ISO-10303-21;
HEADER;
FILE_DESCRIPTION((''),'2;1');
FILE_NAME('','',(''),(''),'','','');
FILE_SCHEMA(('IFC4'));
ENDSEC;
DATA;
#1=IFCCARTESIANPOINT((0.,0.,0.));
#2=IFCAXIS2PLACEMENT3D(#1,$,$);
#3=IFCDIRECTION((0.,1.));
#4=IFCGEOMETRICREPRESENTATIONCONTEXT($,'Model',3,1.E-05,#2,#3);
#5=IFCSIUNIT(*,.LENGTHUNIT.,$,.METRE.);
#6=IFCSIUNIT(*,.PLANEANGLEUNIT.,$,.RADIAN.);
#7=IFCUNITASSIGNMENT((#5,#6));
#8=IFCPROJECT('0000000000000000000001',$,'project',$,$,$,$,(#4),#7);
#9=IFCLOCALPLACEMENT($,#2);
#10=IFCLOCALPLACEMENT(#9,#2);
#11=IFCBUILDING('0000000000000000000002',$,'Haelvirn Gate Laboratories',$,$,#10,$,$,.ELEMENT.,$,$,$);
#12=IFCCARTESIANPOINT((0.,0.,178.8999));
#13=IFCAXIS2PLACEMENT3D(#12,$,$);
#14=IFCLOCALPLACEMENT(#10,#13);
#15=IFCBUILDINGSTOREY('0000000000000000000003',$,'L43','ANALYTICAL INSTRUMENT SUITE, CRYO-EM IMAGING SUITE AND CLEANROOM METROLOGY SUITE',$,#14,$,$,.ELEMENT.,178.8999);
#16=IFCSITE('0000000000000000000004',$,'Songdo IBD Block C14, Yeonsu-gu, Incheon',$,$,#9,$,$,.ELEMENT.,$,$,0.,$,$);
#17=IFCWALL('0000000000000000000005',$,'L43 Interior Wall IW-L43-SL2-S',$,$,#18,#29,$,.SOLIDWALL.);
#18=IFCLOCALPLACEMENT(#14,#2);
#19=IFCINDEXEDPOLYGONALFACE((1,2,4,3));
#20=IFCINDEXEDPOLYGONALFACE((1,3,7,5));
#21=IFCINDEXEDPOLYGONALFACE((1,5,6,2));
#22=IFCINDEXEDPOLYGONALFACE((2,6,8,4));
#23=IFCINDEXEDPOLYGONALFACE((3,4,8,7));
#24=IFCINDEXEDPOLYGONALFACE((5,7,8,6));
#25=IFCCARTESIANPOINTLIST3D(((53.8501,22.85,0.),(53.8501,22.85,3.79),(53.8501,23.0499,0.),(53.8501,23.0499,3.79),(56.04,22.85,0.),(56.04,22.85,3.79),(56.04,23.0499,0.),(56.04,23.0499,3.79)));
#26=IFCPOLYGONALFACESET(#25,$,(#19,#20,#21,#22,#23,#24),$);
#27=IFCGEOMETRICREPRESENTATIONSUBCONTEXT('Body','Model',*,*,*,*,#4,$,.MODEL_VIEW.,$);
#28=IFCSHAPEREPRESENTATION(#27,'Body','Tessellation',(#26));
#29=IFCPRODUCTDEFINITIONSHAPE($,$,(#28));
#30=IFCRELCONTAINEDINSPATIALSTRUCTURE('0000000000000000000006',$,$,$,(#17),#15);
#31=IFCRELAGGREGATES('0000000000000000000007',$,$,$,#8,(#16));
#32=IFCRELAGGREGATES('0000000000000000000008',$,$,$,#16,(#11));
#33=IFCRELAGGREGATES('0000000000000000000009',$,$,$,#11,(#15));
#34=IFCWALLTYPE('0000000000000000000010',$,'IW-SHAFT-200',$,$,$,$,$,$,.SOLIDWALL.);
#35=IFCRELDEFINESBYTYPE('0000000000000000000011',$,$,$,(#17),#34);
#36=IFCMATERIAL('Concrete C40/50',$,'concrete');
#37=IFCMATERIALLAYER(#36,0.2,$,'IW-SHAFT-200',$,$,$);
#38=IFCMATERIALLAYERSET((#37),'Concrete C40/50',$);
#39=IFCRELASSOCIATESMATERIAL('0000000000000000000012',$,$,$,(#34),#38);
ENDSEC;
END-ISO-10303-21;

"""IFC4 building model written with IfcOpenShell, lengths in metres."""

from ifc_helpers import new_model, si_unit, direction, frame, frame_2d, origin, place, context, subcontext, project, spatial, rectangle, extrude, material, layer, layer_set, type_object, element, save


model = new_model("IFC4")

# Units and contexts
model_context = context("Model", 3, precision=1e-05, world=origin(), true_north=direction((0.0, 1.0)))
body_context = subcontext(model_context, "Body", "Model", "MODEL_VIEW")
ifc_project = project(units=[si_unit("LENGTHUNIT", "METRE"), si_unit("PLANEANGLEUNIT", "RADIAN")], contexts=[model_context])

# Site, building, storey
site_placement = place(None, origin())
site = spatial("IfcSite", under=ifc_project, at=site_placement, Name="Songdo IBD Block C14, Yeonsu-gu, Incheon", CompositionType="ELEMENT", RefElevation=0.0)
building_placement = place(site_placement, origin())
building = spatial("IfcBuilding", under=site, at=building_placement, Name="Haelvirn Gate Laboratories", CompositionType="ELEMENT")
storey_placement = place(building_placement, frame((0.0, 0.0, 178.8999)))
storey = spatial("IfcBuildingStorey", under=building, at=storey_placement, Name="L43", Description="ANALYTICAL INSTRUMENT SUITE, CRYO-EM IMAGING SUITE AND CLEANROOM METROLOGY SUITE", CompositionType="ELEMENT", Elevation=178.8999)

# Wall
ifc_material_1 = material(Name="Concrete C40/50", Category="concrete")
ifc_layer_1 = layer(ifc_material_1, 0.2, Name="IW-SHAFT-200")
ifc_layer_set_1 = layer_set([ifc_layer_1], Name="Concrete C40/50")
wall_type_1 = type_object("IfcWallType", Name="IW-SHAFT-200", PredefinedType="SOLIDWALL", material=ifc_layer_set_1)
for number, where, z_axis, x_axis, name in (
    (1, (53.8501, 22.95, 0.0), (0.0, 0.0, 1.0), (1.0, 0.0, 0.0), "L43 Interior Wall IW-L43-SL2-S"),
):
    element("IfcWall", number, at=place(storey_placement, frame(where, z_axis=z_axis, x_axis=x_axis)), inside=storey, type_object=wall_type_1, Name=name, PredefinedType="SOLIDWALL", context=body_context, shape_type="SweptSolid", body=[
        extrude(rectangle(XDim=2.1899, YDim=0.2, at=frame_2d((1.095, 0.0))), origin(), (0.0, 0.0, 1.0), 3.79),
    ])

save(model, "model.ifc")
